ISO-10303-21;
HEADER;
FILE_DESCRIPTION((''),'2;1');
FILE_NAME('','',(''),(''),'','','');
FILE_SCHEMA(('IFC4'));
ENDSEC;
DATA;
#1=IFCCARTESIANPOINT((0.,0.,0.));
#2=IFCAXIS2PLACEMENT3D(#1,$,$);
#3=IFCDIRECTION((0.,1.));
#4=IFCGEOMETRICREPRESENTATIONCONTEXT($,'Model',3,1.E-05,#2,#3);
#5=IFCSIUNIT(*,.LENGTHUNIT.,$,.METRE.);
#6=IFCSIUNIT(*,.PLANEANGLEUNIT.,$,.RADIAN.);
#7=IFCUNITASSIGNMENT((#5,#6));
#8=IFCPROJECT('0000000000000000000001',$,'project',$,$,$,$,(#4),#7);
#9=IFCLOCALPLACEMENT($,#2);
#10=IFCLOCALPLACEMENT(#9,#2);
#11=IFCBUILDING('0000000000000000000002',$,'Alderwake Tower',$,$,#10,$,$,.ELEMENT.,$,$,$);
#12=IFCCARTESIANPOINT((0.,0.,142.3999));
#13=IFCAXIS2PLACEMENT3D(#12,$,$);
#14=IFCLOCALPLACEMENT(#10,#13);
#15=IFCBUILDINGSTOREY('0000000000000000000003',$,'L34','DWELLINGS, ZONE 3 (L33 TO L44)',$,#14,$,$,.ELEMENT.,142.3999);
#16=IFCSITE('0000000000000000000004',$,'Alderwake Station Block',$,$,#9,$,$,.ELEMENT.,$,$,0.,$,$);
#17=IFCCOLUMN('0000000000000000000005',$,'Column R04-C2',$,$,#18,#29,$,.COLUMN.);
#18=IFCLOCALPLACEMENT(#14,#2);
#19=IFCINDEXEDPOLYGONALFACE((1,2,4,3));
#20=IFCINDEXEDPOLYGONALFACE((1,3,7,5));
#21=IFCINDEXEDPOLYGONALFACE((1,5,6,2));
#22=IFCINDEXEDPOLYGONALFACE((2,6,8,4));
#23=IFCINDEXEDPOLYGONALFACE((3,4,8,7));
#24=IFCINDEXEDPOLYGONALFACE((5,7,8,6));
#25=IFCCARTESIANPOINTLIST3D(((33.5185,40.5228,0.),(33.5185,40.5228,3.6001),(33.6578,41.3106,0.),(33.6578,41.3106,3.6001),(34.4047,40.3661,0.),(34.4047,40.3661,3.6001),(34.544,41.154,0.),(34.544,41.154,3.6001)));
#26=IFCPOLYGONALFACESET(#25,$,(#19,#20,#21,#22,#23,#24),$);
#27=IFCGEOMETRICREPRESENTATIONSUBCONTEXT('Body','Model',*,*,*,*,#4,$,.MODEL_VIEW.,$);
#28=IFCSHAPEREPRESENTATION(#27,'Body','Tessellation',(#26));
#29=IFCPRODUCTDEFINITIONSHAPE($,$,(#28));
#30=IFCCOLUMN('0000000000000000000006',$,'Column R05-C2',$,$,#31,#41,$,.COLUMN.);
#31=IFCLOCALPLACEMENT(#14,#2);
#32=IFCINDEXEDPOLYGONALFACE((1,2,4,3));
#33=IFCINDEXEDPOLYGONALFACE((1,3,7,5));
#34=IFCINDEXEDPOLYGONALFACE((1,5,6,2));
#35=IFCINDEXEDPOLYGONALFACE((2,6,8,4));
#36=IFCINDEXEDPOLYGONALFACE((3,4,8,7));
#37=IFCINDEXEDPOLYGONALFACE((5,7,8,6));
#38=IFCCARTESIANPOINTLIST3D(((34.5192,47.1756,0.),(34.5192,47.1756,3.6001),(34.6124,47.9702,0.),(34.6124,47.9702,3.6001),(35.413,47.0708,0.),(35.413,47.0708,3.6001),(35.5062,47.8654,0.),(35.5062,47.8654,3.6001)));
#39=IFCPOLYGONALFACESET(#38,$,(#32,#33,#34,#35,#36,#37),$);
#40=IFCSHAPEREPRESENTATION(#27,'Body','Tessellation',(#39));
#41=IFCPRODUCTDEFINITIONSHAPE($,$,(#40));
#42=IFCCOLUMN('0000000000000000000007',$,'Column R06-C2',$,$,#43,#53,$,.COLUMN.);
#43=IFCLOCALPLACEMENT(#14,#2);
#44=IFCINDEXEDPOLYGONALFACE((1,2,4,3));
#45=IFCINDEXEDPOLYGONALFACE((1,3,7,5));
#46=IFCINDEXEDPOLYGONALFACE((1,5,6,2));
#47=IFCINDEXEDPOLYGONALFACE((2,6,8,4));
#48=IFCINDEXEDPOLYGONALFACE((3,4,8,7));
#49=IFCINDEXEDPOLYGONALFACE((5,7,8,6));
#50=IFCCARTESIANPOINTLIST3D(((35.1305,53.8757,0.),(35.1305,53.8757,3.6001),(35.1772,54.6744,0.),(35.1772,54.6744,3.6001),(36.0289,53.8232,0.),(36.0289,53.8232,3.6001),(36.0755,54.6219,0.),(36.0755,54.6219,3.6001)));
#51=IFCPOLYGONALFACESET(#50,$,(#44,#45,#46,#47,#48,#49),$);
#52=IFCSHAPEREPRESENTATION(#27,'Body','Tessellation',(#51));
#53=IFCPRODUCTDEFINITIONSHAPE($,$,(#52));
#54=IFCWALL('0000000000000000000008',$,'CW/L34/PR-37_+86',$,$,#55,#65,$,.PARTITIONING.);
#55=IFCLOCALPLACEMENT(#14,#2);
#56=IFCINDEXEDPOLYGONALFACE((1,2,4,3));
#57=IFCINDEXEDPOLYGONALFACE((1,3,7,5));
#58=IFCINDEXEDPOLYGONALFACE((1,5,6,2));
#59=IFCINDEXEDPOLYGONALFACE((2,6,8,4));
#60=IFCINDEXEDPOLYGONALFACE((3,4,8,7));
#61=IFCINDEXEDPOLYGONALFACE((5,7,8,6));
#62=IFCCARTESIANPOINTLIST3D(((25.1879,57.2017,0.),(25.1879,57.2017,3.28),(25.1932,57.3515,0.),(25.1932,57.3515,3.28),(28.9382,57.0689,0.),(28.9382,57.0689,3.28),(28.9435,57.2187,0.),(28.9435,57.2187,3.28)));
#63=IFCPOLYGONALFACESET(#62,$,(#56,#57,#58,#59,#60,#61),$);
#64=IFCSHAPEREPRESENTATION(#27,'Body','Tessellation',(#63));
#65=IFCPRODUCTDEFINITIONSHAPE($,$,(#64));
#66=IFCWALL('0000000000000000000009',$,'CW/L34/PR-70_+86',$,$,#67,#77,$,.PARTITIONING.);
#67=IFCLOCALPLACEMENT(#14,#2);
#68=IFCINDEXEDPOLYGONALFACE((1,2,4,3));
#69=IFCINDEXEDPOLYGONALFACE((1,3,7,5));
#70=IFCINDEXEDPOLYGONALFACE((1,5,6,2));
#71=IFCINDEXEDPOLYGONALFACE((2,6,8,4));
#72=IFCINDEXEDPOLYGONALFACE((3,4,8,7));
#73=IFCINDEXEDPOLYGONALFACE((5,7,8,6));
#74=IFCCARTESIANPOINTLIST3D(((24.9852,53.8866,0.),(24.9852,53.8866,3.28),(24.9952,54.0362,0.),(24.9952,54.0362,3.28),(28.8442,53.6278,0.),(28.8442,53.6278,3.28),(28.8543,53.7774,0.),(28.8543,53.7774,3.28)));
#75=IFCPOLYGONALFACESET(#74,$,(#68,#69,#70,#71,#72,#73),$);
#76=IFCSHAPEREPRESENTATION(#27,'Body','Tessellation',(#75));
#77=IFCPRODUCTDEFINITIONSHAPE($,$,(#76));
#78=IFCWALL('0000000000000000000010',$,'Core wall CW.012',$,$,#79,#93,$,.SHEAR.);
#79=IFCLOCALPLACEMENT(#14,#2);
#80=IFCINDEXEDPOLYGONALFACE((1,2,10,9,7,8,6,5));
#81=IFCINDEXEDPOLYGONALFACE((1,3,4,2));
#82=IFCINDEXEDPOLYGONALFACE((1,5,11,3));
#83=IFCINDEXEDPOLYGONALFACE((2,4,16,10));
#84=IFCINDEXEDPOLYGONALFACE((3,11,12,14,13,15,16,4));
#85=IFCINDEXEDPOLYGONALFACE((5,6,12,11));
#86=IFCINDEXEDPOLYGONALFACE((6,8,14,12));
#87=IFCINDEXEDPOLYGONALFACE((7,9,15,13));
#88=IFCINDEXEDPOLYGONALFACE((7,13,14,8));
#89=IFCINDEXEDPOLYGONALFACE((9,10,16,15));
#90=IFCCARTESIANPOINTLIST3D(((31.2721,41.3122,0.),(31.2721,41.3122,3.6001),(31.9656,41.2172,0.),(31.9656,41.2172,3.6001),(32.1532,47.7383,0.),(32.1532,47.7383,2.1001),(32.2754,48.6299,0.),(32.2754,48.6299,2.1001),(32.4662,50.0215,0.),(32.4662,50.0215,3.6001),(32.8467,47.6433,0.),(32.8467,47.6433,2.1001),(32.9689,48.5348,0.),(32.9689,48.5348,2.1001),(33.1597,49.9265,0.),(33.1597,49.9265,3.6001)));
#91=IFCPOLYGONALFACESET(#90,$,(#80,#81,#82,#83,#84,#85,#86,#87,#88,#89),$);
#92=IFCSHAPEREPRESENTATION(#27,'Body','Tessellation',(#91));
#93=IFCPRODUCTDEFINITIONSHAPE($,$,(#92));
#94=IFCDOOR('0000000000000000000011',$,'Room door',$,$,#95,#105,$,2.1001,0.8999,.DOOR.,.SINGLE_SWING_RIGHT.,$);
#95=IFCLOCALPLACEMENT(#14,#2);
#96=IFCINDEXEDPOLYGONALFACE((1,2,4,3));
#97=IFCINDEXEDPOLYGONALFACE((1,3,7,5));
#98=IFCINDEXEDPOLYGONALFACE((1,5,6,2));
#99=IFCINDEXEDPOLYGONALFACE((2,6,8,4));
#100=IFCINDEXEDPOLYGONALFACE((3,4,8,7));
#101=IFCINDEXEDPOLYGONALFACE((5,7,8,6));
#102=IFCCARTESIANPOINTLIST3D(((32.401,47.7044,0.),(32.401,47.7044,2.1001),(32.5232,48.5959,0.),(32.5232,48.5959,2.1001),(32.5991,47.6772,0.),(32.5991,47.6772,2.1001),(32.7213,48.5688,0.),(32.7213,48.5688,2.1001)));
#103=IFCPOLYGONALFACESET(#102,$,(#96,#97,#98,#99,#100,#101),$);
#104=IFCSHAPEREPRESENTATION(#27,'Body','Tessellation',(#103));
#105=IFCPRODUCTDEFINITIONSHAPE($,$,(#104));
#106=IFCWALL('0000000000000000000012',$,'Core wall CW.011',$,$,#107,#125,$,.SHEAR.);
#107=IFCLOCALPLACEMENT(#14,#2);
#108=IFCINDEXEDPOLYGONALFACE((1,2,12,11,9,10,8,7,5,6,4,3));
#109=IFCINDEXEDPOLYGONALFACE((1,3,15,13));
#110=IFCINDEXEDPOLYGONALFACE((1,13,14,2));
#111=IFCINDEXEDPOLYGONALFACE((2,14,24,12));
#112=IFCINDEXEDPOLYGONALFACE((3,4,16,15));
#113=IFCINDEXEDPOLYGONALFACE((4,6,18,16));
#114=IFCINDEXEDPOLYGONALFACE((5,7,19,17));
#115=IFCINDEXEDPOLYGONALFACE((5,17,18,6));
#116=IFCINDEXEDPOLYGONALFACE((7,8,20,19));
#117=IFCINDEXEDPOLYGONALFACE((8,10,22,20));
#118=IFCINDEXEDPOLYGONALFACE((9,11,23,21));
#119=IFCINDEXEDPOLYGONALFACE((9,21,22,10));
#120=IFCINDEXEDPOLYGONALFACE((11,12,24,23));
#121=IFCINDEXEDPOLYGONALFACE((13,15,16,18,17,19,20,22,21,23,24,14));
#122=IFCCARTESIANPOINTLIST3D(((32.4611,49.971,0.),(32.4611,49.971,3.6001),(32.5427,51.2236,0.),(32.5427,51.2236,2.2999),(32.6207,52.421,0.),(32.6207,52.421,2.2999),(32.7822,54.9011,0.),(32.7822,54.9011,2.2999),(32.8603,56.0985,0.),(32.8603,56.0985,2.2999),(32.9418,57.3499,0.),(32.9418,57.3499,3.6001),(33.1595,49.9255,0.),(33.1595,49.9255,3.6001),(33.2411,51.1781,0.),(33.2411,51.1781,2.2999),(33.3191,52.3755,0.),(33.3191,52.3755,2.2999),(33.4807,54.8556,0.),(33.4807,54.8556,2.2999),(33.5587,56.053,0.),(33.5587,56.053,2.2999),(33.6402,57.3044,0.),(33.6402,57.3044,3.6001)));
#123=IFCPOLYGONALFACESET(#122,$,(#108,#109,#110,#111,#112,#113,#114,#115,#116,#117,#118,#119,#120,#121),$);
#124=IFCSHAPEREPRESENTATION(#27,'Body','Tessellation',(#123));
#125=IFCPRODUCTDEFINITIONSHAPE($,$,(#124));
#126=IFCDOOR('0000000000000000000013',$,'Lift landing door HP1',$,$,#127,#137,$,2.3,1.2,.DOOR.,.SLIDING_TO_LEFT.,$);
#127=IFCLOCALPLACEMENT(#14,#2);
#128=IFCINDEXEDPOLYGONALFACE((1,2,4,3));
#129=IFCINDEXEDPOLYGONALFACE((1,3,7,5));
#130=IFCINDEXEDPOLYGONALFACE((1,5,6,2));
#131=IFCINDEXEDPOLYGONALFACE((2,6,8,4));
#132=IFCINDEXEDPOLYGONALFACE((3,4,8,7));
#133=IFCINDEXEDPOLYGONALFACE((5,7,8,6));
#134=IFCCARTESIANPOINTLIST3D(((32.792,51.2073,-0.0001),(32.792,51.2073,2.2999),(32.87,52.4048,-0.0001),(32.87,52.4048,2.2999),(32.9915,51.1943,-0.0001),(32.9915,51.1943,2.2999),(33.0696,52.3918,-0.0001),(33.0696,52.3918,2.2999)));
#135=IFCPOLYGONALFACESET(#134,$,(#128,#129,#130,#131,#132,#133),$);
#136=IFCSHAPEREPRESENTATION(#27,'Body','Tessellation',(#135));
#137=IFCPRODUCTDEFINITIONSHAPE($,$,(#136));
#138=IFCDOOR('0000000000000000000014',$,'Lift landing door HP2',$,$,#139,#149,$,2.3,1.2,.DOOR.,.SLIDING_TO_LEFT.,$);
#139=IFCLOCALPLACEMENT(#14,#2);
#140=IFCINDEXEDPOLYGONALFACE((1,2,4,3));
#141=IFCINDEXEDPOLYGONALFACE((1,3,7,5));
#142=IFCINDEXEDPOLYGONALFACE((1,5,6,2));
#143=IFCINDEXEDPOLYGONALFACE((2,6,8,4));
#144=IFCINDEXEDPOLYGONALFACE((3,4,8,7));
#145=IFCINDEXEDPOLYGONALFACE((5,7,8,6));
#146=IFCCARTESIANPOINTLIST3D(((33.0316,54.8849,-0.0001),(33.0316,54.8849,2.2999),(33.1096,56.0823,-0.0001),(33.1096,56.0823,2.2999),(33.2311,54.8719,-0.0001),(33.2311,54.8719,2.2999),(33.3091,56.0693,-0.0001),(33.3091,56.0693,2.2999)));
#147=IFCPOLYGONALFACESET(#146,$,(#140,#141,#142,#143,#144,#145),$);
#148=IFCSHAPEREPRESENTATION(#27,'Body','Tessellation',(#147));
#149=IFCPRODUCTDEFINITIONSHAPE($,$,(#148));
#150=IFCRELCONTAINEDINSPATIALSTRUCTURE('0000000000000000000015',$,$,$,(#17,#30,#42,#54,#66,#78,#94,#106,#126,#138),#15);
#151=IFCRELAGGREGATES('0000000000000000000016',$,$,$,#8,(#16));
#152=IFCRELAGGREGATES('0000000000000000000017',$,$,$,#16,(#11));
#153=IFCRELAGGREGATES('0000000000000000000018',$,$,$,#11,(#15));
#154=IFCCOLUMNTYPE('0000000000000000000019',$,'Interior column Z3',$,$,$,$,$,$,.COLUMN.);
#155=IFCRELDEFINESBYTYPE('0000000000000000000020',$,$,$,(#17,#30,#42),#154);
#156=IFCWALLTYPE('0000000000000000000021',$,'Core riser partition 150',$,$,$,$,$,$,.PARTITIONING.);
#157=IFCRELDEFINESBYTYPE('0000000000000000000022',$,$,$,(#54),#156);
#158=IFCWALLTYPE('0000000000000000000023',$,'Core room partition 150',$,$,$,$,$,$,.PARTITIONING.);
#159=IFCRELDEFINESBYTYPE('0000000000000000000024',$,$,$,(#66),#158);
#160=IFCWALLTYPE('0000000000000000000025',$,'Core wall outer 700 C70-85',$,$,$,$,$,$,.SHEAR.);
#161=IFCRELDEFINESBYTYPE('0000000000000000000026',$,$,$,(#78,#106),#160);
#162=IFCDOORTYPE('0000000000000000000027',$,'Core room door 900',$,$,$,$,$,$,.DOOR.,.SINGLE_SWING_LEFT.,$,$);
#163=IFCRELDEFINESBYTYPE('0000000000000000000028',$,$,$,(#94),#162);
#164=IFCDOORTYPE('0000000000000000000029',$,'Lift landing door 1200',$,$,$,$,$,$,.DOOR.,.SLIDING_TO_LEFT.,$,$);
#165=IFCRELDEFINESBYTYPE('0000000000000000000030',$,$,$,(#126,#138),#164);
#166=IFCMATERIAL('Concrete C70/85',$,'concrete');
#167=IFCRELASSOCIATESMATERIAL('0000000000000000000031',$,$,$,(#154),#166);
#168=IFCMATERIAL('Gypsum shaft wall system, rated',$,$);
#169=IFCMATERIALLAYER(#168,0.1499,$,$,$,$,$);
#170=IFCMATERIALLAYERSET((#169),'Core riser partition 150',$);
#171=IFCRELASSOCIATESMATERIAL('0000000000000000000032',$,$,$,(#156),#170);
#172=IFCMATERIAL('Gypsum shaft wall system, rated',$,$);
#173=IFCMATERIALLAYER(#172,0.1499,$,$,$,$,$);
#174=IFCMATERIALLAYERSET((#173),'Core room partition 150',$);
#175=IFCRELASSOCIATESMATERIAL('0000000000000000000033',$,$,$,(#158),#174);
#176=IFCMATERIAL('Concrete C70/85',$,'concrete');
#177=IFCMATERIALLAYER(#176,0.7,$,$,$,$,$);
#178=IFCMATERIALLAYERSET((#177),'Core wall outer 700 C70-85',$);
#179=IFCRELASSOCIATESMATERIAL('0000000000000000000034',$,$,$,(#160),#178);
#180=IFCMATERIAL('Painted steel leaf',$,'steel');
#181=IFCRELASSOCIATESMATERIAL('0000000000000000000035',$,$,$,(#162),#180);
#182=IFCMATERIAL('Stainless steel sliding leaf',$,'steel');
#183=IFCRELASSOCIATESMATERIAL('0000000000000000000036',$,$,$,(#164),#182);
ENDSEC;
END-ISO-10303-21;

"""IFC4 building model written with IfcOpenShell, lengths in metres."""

from ifc_helpers import new_model, si_unit, direction, frame, frame_2d, origin, origin_2d, place, context, subcontext, project, spatial, rectangle, extrude, material, layer, layer_set, material_profile, profile_set, type_object, element, fill, save


model = new_model("IFC4")

# Units and contexts
model_context = context("Model", 3, precision=1e-05, world=origin(), true_north=direction((0.0, 1.0)))
body_context = subcontext(model_context, "Body", "Model", "MODEL_VIEW")
ifc_project = project(units=[si_unit("LENGTHUNIT", "METRE"), si_unit("PLANEANGLEUNIT", "RADIAN")], contexts=[model_context])

# Site, building, storey
site_placement = place(None, origin())
site = spatial("IfcSite", under=ifc_project, at=site_placement, Name="Alderwake Station Block", CompositionType="ELEMENT", RefElevation=0.0)
building_placement = place(site_placement, origin())
building = spatial("IfcBuilding", under=site, at=building_placement, Name="Alderwake Tower", CompositionType="ELEMENT")
storey_placement = place(building_placement, frame((0.0, 0.0, 142.3999)))
storey = spatial("IfcBuildingStorey", under=building, at=storey_placement, Name="L34", Description="DWELLINGS, ZONE 3 (L33 TO L44)", CompositionType="ELEMENT", Elevation=142.3999)

# Columns
ifc_material_1 = material(Name="Concrete C70/85", Category="concrete")
ifc_material_profile = material_profile(ifc_material_1, rectangle(XDim=0.8, YDim=0.8999, at=origin_2d()), Name="RC 900X800")
ifc_profile_set = profile_set([ifc_material_profile], Name="Concrete C70/85")
column_type = type_object("IfcColumnType", Name="Interior column Z3", PredefinedType="COLUMN", material=ifc_profile_set)
for number, where, z_axis, x_axis, name in (
    (1, (34.0312, 40.8384, 0.0), (0.0, 0.0, 1.0), (0.174109, 0.984726, 0.0), "Column R04-C2"),
    (2, (35.0127, 47.5205, 0.0), (0.0, 0.0, 1.0), (0.116402, 0.993202, 0.0), "Column R05-C2"),
    (3, (35.603, 54.2488, 0.0), (0.0, 0.0, 1.0), (0.058301, 0.998299, 0.0), "Column R06-C2"),
):
    element("IfcColumn", number, at=place(storey_placement, frame(where, z_axis=z_axis, x_axis=x_axis)), inside=storey, type_object=column_type, Name=name, PredefinedType="COLUMN", context=body_context, shape_type="SweptSolid", body=[
        extrude(rectangle(XDim=0.8, YDim=0.8999, at=origin_2d()), origin(), (0.0, 0.0, 1.0), 3.6001),
    ])

# Walls
ifc_material_2 = material(Name="Gypsum shaft wall system, rated")
ifc_layer_1 = layer(ifc_material_2, 0.1499)
ifc_layer_set_1 = layer_set([ifc_layer_1], Name="Core riser partition 150")
wall_type_1 = type_object("IfcWallType", Name="Core riser partition 150", PredefinedType="PARTITIONING", material=ifc_layer_set_1)
wall_1_placement = place(storey_placement, frame((25.1904, 57.2766, 0.0), z_axis=(0.0, 0.0, 1.0), x_axis=(0.999374, -0.035392, 0.0)))
element("IfcWall", 4, at=wall_1_placement, inside=storey, type_object=wall_type_1, Name="CW/L34/PR-37_+86", PredefinedType="PARTITIONING", context=body_context, shape_type="SweptSolid", body=[
    extrude(rectangle(XDim=3.7527, YDim=0.1499, at=frame_2d((1.8765, 0.0))), origin(), (0.0, 0.0, 1.0), 3.28),
])
ifc_material_3 = material(Name="Gypsum shaft wall system, rated")
ifc_layer_2 = layer(ifc_material_3, 0.1499)
ifc_layer_set_2 = layer_set([ifc_layer_2], Name="Core room partition 150")
wall_type_2 = type_object("IfcWallType", Name="Core room partition 150", PredefinedType="PARTITIONING", material=ifc_layer_set_2)
wall_2_placement = place(storey_placement, frame((24.9902, 53.9614, 0.0), z_axis=(0.0, 0.0, 1.0), x_axis=(0.997759, -0.066913, 0.0)))
element("IfcWall", 5, at=wall_2_placement, inside=storey, type_object=wall_type_2, Name="CW/L34/PR-70_+86", PredefinedType="PARTITIONING", context=body_context, shape_type="SweptSolid", body=[
    extrude(rectangle(XDim=3.8677, YDim=0.1499, at=frame_2d((1.9338, 0.0))), origin(), (0.0, 0.0, 1.0), 3.28),
])

# Wall, opening, door
ifc_material_4 = material(Name="Concrete C70/85", Category="concrete")
ifc_layer_3 = layer(ifc_material_4, 0.7)
ifc_layer_set_3 = layer_set([ifc_layer_3], Name="Core wall outer 700 C70-85")
wall_type_3 = type_object("IfcWallType", Name="Core wall outer 700 C70-85", PredefinedType="SHEAR", material=ifc_layer_set_3)
wall_3_placement = place(storey_placement, frame((32.813, 49.9741, 0.0), z_axis=(0.0, 0.0, 1.0), x_axis=(-0.135836, -0.990731, 0.0)))
wall_3 = element("IfcWall", 6, at=wall_3_placement, inside=storey, type_object=wall_type_3, Name="Core wall CW.012", PredefinedType="SHEAR", context=body_context, shape_type="SweptSolid", body=[
    extrude(rectangle(XDim=8.7908, YDim=0.7, at=frame_2d((4.3955, 0.0))), origin(), (0.0, 0.0, 1.0), 3.6001),
])
opening_1_placement = place(wall_3_placement, frame((1.4048, 0.0, 0.0)))
opening_1 = element("IfcOpeningElement", 7, at=opening_1_placement, cuts=wall_3, PredefinedType="OPENING", context=body_context, shape_type="SweptSolid", body=[
    extrude(rectangle(XDim=0.8999, YDim=2.1001, at=frame_2d((0.45, 1.05))), frame((0.0, 0.3599, 0.0), z_axis=(0.0, -1.0, 0.0), x_axis=(1.0, 0.0, 0.0)), (0.0, 0.0, 1.0), 0.72),
])
ifc_material_5 = material(Name="Painted steel leaf", Category="steel")
door_type_1 = type_object("IfcDoorType", Name="Core room door 900", OperationType="SINGLE_SWING_LEFT", PredefinedType="DOOR", material=ifc_material_5)
door_1_placement = place(opening_1_placement, origin())
door_1 = element("IfcDoor", 8, at=door_1_placement, inside=storey, type_object=door_type_1, Name="Room door", OperationType="SINGLE_SWING_RIGHT", OverallHeight=2.1001, OverallWidth=0.8999, PredefinedType="DOOR", context=body_context, shape_type="SweptSolid", body=[
    extrude(rectangle(XDim=0.8999, YDim=2.1001, at=frame_2d((0.45, 1.05))), frame((0.0, 0.1001, 0.0), z_axis=(0.0, -1.0, 0.0), x_axis=(1.0, 0.0, 0.0)), (0.0, 0.0, 1.0), 0.2),
])
fill(opening_1, door_1)

# Wall, openings, doors
wall_4_placement = place(storey_placement, frame((32.8103, 49.9482, 0.0), z_axis=(0.0, 0.0, 1.0), x_axis=(0.065009, 0.997885, 0.0)))
wall_4 = element("IfcWall", 9, at=wall_4_placement, inside=storey, type_object=wall_type_3, Name="Core wall CW.011", PredefinedType="SHEAR", context=body_context, shape_type="SweptSolid", body=[
    extrude(rectangle(XDim=7.3945, YDim=0.7, at=frame_2d((3.6973, 0.0))), origin(), (0.0, 0.0, 1.0), 3.6001),
])
opening_2_placement = place(wall_4_placement, frame((1.2551, 0.0, 0.0)))
opening_2 = element("IfcOpeningElement", 10, at=opening_2_placement, cuts=wall_4, PredefinedType="OPENING", context=body_context, shape_type="SweptSolid", body=[
    extrude(rectangle(XDim=1.2, YDim=2.3, at=frame_2d((0.6001, 1.1499))), frame((0.0, 0.3599, 0.0), z_axis=(0.0, -1.0, 0.0), x_axis=(1.0, 0.0, 0.0)), (0.0, 0.0, 1.0), 0.72),
])
opening_3_placement = place(wall_4_placement, frame((4.9404, 0.0, 0.0)))
opening_3 = element("IfcOpeningElement", 11, at=opening_3_placement, cuts=wall_4, PredefinedType="OPENING", context=body_context, shape_type="SweptSolid", body=[
    extrude(rectangle(XDim=1.2, YDim=2.3, at=frame_2d((0.6001, 1.1499))), frame((0.0, 0.3599, 0.0), z_axis=(0.0, -1.0, 0.0), x_axis=(1.0, 0.0, 0.0)), (0.0, 0.0, 1.0), 0.72),
])
ifc_material_6 = material(Name="Stainless steel sliding leaf", Category="steel")
door_type_2 = type_object("IfcDoorType", Name="Lift landing door 1200", OperationType="SLIDING_TO_LEFT", PredefinedType="DOOR", material=ifc_material_6)
door_2_placement = place(opening_2_placement, origin())
door_2 = element("IfcDoor", 12, at=door_2_placement, inside=storey, type_object=door_type_2, Name="Lift landing door HP1", OperationType="SLIDING_TO_LEFT", OverallHeight=2.3, OverallWidth=1.2, PredefinedType="DOOR", context=body_context, shape_type="SweptSolid", body=[
    extrude(rectangle(XDim=1.2, YDim=2.3, at=frame_2d((0.6001, 1.1499))), frame((0.0, 0.1001, 0.0), z_axis=(0.0, -1.0, 0.0), x_axis=(1.0, 0.0, 0.0)), (0.0, 0.0, 1.0), 0.2),
])
fill(opening_2, door_2)
door_3_placement = place(opening_3_placement, origin())
door_3 = element("IfcDoor", 13, at=door_3_placement, inside=storey, type_object=door_type_2, Name="Lift landing door HP2", OperationType="SLIDING_TO_LEFT", OverallHeight=2.3, OverallWidth=1.2, PredefinedType="DOOR", context=body_context, shape_type="SweptSolid", body=[
    extrude(rectangle(XDim=1.2, YDim=2.3, at=frame_2d((0.6001, 1.1499))), frame((0.0, 0.1001, 0.0), z_axis=(0.0, -1.0, 0.0), x_axis=(1.0, 0.0, 0.0)), (0.0, 0.0, 1.0), 0.2),
])
fill(opening_3, door_3)

save(model, "model.ifc")
